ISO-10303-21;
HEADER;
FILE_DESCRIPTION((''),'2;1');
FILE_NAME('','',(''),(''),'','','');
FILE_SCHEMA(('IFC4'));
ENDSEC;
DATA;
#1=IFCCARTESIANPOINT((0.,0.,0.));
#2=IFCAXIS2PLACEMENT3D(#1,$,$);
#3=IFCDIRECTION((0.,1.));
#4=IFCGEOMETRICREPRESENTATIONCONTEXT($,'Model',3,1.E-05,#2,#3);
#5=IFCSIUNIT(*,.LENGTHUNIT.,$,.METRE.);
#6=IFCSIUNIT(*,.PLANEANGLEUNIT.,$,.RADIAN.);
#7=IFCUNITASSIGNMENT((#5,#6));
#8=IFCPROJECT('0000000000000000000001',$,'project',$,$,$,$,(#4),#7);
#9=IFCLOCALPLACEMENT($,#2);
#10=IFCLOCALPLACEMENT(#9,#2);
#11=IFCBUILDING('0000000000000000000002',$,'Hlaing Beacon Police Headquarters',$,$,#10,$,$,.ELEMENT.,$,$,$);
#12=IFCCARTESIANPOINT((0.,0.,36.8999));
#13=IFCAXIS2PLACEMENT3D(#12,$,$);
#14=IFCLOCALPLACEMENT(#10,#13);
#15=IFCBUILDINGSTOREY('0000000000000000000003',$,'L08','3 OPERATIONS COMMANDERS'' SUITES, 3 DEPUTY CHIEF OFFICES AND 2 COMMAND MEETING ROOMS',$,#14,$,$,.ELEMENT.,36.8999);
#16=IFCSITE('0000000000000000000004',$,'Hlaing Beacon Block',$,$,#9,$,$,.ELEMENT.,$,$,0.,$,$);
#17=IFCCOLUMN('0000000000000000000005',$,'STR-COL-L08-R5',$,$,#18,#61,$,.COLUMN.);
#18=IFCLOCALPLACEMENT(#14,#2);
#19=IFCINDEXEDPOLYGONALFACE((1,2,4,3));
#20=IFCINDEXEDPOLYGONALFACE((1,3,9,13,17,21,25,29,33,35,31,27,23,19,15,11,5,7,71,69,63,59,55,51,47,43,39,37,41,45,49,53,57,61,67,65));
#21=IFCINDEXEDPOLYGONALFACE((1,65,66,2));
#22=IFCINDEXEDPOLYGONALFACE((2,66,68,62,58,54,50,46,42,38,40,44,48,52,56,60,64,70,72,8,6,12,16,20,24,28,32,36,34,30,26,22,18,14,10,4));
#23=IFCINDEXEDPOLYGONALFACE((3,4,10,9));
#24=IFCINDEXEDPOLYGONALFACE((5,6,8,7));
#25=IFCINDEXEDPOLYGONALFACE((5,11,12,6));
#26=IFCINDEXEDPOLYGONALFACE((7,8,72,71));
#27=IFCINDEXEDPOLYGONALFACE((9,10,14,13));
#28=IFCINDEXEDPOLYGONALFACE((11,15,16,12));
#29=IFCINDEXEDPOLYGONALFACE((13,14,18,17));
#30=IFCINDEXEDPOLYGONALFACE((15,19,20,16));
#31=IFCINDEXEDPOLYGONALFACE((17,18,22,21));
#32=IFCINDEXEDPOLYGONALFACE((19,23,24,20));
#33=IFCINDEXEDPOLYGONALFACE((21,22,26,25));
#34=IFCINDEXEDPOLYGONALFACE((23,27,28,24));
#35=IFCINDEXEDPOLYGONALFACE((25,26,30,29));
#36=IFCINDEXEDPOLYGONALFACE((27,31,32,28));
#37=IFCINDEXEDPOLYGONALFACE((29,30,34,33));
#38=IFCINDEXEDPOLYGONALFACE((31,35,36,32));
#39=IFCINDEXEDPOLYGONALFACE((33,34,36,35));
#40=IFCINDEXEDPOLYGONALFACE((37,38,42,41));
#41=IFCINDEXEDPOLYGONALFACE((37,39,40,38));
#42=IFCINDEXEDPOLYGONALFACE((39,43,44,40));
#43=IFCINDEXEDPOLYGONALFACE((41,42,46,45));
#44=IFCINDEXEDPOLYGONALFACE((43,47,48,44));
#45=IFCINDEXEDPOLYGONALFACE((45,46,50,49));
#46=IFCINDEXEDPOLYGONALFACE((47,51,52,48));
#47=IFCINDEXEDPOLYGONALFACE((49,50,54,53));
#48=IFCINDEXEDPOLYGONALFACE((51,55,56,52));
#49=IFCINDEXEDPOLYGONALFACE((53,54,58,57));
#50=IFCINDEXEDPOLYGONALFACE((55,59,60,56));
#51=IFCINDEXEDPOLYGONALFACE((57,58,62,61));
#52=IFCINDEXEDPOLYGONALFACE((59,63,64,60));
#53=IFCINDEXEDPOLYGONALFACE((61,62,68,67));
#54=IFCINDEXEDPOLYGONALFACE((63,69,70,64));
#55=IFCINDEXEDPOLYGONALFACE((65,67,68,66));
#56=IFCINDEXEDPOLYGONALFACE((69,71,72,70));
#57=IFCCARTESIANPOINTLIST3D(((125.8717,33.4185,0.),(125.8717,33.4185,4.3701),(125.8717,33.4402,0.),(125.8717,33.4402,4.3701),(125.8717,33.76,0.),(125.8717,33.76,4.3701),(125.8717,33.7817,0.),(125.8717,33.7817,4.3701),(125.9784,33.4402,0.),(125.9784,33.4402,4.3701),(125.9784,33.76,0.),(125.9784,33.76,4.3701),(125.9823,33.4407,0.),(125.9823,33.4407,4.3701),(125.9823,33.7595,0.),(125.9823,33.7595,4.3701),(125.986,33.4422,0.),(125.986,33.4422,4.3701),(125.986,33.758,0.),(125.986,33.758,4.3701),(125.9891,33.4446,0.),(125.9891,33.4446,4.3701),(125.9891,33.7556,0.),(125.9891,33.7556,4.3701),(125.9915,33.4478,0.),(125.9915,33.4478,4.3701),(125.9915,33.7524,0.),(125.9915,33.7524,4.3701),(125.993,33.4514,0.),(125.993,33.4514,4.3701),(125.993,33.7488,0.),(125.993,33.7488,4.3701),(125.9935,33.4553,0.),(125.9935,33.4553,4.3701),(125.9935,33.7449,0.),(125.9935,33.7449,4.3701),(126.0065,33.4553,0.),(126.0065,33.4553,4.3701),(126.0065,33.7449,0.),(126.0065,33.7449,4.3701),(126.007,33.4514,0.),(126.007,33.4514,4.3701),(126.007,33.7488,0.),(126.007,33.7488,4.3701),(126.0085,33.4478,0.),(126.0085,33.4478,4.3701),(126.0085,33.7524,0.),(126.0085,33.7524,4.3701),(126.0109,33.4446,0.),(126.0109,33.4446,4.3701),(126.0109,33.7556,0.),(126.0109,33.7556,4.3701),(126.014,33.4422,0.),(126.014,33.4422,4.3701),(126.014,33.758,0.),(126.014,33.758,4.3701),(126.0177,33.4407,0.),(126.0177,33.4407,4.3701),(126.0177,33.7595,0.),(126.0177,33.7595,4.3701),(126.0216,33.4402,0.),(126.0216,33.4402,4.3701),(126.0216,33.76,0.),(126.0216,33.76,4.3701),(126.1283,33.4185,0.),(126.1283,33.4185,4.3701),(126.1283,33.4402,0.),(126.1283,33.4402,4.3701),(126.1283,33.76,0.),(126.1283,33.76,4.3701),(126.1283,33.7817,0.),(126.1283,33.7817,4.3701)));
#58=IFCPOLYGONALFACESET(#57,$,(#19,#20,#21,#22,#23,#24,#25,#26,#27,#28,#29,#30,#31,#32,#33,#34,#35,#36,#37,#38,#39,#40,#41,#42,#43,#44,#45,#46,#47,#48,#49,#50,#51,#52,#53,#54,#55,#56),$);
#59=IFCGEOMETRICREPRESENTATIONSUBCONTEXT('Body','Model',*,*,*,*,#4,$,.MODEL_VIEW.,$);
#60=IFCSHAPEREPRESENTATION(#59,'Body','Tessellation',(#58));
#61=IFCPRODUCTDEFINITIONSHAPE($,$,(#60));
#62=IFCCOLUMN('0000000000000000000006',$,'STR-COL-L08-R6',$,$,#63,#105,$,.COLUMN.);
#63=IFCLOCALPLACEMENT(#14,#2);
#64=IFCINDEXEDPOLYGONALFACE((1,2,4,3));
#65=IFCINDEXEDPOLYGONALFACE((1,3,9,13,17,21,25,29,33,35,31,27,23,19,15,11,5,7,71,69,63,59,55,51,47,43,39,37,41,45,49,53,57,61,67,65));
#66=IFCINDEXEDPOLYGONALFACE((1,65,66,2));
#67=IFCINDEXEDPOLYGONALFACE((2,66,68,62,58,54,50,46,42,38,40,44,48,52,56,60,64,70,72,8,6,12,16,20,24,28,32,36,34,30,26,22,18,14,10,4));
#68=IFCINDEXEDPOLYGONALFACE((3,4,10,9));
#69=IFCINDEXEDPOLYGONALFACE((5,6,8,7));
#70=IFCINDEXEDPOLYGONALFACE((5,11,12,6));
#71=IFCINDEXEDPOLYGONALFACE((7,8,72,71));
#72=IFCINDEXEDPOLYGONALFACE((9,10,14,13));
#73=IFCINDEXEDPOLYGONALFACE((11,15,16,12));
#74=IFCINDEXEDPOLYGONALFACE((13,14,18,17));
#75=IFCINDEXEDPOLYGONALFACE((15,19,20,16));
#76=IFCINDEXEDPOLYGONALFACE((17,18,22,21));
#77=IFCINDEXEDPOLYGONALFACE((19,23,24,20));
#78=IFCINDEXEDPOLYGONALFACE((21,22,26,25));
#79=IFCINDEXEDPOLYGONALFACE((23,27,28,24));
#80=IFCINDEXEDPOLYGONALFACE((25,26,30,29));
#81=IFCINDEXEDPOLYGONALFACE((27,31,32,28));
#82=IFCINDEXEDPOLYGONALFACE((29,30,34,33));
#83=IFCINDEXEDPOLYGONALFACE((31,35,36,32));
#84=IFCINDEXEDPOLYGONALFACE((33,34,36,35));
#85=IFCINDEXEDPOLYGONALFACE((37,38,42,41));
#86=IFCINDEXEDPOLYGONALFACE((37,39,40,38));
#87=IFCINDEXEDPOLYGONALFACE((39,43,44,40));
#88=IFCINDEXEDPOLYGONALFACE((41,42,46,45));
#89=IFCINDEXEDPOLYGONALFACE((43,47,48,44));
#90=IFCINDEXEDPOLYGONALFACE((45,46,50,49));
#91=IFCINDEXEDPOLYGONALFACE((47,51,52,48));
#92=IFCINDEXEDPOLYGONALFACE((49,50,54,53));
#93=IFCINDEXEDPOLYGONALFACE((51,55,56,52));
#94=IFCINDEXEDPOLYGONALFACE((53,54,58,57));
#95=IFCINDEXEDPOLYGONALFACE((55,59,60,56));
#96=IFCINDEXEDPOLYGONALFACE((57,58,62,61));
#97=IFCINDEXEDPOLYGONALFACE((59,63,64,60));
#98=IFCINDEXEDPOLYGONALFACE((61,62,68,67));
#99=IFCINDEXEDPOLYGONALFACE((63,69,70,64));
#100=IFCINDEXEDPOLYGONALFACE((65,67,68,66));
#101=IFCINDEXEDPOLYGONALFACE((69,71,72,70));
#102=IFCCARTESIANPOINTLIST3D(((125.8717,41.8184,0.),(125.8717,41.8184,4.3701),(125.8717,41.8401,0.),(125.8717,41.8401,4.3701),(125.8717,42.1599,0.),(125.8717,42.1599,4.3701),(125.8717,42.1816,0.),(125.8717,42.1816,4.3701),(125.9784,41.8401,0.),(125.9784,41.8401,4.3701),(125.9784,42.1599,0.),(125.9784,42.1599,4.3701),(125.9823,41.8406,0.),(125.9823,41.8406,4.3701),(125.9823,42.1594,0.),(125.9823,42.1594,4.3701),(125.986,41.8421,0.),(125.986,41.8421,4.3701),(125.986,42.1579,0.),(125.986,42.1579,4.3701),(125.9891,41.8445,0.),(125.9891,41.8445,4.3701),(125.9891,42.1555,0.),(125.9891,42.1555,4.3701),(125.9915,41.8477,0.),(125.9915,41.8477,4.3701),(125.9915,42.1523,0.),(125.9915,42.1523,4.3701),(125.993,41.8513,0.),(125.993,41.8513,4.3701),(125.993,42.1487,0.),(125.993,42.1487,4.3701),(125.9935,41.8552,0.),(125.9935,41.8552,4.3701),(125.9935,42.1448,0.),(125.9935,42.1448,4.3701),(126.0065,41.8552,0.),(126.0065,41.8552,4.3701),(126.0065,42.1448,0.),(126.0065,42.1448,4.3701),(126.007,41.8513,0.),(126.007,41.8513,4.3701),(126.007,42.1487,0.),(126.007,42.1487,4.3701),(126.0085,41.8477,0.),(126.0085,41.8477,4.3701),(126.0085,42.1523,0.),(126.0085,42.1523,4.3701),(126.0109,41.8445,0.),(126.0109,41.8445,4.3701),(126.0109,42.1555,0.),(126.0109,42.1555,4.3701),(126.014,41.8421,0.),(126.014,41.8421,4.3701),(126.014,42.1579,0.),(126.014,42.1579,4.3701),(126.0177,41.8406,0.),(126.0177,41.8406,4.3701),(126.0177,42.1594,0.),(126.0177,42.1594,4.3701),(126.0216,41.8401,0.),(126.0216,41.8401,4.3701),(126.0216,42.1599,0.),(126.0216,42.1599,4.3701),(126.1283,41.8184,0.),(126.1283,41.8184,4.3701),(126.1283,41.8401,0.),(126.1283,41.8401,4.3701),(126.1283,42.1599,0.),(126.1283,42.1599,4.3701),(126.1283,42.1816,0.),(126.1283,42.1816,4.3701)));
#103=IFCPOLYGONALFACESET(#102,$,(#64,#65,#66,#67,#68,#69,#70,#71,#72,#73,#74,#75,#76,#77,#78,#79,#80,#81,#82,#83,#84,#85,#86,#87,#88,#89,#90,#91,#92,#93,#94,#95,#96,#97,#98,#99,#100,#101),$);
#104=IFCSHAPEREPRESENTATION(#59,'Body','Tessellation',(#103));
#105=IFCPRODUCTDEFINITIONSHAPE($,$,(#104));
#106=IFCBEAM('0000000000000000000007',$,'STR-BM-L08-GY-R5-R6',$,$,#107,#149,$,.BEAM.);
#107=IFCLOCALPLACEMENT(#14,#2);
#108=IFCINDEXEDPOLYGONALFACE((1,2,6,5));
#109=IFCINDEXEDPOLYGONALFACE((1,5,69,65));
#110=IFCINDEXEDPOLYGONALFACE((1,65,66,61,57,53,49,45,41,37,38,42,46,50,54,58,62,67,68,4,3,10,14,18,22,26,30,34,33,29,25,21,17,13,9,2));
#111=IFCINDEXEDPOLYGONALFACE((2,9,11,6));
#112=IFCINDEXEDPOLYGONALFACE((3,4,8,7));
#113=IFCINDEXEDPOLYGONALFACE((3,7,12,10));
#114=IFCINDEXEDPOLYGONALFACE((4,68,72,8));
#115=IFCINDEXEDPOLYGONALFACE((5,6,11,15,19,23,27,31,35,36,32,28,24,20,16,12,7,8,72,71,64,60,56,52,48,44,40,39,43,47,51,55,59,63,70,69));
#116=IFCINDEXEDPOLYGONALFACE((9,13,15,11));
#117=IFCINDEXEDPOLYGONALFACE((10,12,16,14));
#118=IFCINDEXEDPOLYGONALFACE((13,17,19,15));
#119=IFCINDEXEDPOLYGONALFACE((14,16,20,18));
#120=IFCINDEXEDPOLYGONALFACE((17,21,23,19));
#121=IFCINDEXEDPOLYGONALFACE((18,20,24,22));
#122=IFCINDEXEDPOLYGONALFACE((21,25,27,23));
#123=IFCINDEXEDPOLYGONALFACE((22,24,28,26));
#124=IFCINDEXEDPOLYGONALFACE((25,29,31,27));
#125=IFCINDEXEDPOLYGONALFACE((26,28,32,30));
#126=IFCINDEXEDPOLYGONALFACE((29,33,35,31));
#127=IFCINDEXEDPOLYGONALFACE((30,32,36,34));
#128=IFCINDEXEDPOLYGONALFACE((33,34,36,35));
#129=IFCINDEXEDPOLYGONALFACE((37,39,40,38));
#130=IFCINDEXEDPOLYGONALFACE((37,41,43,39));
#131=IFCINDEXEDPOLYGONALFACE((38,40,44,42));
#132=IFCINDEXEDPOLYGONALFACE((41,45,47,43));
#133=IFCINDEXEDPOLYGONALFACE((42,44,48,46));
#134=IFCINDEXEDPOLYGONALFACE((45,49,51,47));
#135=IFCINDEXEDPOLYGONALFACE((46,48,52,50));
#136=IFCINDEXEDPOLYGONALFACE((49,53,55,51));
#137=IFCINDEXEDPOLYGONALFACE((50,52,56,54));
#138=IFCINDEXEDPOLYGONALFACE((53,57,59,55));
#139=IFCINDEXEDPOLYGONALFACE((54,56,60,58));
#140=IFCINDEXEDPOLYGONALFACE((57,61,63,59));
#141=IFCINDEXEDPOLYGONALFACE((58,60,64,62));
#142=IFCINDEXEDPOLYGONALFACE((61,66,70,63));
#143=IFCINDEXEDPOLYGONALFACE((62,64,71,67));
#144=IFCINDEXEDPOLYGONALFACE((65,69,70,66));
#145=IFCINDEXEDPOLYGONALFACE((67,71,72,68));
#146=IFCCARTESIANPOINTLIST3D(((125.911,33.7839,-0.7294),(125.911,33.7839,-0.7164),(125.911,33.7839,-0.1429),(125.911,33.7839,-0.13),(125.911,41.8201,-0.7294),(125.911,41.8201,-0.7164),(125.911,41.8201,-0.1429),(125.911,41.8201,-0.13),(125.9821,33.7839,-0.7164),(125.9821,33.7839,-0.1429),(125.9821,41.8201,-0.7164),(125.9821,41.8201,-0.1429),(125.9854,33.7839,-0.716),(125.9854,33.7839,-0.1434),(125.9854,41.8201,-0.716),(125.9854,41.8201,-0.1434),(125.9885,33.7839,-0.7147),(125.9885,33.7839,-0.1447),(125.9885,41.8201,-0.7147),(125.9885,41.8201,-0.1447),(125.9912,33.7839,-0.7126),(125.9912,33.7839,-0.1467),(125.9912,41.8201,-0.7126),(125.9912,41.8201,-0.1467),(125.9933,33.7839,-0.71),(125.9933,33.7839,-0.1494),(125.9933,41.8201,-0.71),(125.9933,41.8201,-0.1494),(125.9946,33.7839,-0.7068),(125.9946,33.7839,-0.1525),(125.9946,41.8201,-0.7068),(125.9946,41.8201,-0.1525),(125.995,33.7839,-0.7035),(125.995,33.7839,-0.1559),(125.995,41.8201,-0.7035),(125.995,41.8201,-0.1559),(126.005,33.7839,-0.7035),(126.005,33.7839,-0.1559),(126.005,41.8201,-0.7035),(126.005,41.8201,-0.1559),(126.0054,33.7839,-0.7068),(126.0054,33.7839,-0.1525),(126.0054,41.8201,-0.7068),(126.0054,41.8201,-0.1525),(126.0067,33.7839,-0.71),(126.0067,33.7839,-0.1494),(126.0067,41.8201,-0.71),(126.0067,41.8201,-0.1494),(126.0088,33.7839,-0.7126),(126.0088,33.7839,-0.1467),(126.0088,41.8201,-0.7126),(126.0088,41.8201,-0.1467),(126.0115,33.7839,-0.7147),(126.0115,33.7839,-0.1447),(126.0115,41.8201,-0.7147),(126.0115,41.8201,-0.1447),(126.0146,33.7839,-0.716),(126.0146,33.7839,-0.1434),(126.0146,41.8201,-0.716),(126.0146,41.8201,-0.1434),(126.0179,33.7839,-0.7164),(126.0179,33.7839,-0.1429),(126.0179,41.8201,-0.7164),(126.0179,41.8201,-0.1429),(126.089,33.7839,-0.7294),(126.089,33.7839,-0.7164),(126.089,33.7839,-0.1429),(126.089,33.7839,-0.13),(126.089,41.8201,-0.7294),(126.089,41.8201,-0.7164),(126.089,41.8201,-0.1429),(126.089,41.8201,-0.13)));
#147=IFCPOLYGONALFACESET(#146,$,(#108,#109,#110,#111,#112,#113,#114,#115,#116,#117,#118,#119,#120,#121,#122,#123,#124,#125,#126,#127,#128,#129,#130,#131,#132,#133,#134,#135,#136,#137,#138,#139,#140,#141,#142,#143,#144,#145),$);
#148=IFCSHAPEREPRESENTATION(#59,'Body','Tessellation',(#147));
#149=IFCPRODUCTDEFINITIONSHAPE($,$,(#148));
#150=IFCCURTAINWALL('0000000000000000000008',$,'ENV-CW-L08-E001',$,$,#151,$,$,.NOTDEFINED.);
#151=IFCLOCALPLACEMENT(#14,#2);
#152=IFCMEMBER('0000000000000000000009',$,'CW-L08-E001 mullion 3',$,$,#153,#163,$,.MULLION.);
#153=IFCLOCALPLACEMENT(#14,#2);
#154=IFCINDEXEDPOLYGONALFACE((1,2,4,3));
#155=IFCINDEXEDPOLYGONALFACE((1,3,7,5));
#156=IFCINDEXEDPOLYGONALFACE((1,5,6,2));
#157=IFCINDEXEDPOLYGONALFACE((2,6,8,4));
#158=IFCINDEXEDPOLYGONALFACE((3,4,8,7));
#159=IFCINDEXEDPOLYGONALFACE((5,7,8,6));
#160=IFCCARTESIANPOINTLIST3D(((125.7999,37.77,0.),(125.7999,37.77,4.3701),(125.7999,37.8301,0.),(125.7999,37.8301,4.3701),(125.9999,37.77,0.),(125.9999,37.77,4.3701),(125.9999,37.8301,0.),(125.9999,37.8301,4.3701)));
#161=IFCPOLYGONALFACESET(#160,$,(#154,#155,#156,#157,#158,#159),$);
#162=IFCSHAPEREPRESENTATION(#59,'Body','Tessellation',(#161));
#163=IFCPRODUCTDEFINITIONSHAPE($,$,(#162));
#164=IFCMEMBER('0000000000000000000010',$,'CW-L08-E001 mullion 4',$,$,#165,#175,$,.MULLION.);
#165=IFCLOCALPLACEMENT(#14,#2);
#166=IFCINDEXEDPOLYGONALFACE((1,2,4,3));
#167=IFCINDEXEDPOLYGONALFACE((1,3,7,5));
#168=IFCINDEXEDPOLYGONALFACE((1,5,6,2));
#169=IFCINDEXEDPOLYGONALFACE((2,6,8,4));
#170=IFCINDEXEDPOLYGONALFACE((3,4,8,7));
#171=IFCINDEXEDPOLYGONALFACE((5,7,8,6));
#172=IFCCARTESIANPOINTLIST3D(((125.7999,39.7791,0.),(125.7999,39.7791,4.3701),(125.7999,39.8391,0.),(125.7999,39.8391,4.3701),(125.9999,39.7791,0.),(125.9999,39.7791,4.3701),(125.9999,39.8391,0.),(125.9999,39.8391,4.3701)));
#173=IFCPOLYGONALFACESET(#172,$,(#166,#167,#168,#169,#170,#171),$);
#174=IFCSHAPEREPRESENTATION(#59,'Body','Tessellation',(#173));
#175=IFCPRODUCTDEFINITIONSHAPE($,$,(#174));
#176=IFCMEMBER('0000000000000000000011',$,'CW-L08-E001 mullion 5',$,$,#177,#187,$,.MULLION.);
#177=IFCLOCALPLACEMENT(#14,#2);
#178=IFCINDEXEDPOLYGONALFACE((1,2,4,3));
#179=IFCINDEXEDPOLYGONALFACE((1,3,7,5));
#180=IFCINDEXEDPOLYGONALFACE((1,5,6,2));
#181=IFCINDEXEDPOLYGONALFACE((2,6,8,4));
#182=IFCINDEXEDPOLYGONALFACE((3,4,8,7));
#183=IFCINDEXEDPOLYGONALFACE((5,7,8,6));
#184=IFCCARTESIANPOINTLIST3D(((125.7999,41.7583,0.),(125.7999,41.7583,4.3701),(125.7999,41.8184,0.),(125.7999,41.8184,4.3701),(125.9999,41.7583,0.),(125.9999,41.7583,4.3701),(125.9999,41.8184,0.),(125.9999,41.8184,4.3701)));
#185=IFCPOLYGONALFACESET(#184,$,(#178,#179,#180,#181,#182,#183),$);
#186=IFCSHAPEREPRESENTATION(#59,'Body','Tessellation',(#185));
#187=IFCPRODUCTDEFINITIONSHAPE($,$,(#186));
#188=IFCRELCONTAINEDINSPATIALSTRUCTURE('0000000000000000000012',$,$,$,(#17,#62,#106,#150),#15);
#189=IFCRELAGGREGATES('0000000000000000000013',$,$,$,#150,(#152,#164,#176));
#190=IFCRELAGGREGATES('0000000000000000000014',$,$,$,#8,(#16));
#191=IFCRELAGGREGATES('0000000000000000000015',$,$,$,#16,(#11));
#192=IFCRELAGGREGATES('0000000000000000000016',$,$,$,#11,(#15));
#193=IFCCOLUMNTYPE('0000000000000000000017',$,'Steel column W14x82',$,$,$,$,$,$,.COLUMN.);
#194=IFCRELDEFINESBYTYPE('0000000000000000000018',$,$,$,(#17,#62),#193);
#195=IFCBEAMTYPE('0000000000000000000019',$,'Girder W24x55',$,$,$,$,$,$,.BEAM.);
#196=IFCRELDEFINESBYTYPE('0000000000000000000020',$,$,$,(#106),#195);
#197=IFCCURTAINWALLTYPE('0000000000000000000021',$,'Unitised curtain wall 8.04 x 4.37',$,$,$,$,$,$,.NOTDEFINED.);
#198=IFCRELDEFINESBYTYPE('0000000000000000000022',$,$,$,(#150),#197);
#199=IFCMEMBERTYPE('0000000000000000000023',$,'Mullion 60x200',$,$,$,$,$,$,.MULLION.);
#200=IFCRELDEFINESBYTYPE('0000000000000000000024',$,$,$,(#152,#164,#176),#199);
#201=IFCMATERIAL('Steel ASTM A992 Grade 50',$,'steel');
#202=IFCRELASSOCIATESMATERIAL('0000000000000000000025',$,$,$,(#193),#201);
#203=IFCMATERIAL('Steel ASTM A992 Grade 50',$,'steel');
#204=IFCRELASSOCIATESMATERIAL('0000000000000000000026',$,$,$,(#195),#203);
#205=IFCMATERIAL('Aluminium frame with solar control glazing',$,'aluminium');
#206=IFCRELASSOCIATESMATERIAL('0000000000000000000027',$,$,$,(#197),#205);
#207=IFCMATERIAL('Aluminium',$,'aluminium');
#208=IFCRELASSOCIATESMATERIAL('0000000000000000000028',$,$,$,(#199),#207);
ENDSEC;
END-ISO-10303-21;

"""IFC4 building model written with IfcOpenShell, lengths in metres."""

from ifc_helpers import new_model, si_unit, direction, frame, origin, origin_2d, place, context, subcontext, project, spatial, rectangle, i_section, extrude, material, material_profile, profile_set, type_object, element, aggregate, save


model = new_model("IFC4")

# Units and contexts
model_context = context("Model", 3, precision=1e-05, world=origin(), true_north=direction((0.0, 1.0)))
body_context = subcontext(model_context, "Body", "Model", "MODEL_VIEW")
ifc_project = project(units=[si_unit("LENGTHUNIT", "METRE"), si_unit("PLANEANGLEUNIT", "RADIAN")], contexts=[model_context])

# Site, building, storey
site_placement = place(None, origin())
site = spatial("IfcSite", under=ifc_project, at=site_placement, Name="Hlaing Beacon Block", CompositionType="ELEMENT", RefElevation=0.0)
building_placement = place(site_placement, origin())
building = spatial("IfcBuilding", under=site, at=building_placement, Name="Hlaing Beacon Police Headquarters", CompositionType="ELEMENT")
storey_placement = place(building_placement, frame((0.0, 0.0, 36.8999)))
storey = spatial("IfcBuildingStorey", under=building, at=storey_placement, Name="L08", Description="3 OPERATIONS COMMANDERS' SUITES, 3 DEPUTY CHIEF OFFICES AND 2 COMMAND MEETING ROOMS", CompositionType="ELEMENT", Elevation=36.8999)

# Columns
ifc_material_1 = material(Name="Steel ASTM A992 Grade 50", Category="steel")
ifc_material_profile_1 = material_profile(ifc_material_1, i_section(OverallWidth=0.2566, OverallDepth=0.3633, WebThickness=0.0129, FlangeThickness=0.0217, FilletRadius=0.0151, at=origin_2d()), Name="W14x82")
ifc_profile_set_1 = profile_set([ifc_material_profile_1], Name="Steel ASTM A992 Grade 50")
column_type = type_object("IfcColumnType", Name="Steel column W14x82", PredefinedType="COLUMN", material=ifc_profile_set_1)
for number, where, z_axis, x_axis, name in (
    (1, (126.0, 33.6001, 0.0), (0.0, 0.0, 1.0), (1.0, 0.0, 0.0), "STR-COL-L08-R5"),
    (2, (126.0, 42.0, 0.0), (0.0, 0.0, 1.0), (1.0, 0.0, 0.0), "STR-COL-L08-R6"),
):
    element("IfcColumn", number, at=place(storey_placement, frame(where, z_axis=z_axis, x_axis=x_axis)), inside=storey, type_object=column_type, Name=name, PredefinedType="COLUMN", context=body_context, shape_type="SweptSolid", body=[
        extrude(i_section(OverallWidth=0.2566, OverallDepth=0.3633, WebThickness=0.0129, FlangeThickness=0.0217, FilletRadius=0.0151, at=origin_2d()), origin(), (0.0, 0.0, 1.0), 4.3701),
    ])

# Beam
ifc_material_2 = material(Name="Steel ASTM A992 Grade 50", Category="steel")
ifc_material_profile_2 = material_profile(ifc_material_2, i_section(OverallWidth=0.178, OverallDepth=0.5994, WebThickness=0.01, FlangeThickness=0.0129, FilletRadius=0.0129, at=origin_2d()), Name="W24x55")
ifc_profile_set_2 = profile_set([ifc_material_profile_2], Name="Steel ASTM A992 Grade 50")
beam_type = type_object("IfcBeamType", Name="Girder W24x55", PredefinedType="BEAM", material=ifc_profile_set_2)
beam_placement = place(storey_placement, frame((126.0, 33.7839, -0.4297), z_axis=(0.0, 1.0, 0.0), x_axis=(-1.0, 0.0, 0.0)))
element("IfcBeam", 3, at=beam_placement, inside=storey, type_object=beam_type, Name="STR-BM-L08-GY-R5-R6", PredefinedType="BEAM", context=body_context, shape_type="SweptSolid", body=[
    extrude(i_section(OverallWidth=0.178, OverallDepth=0.5994, WebThickness=0.01, FlangeThickness=0.0129, FilletRadius=0.0129, at=origin_2d()), origin(), (0.0, 0.0, 1.0), 8.0361),
])

# Curtain wall, members
ifc_material_3 = material(Name="Aluminium frame with solar control glazing", Category="aluminium")
curtain_wall_type = type_object("IfcCurtainWallType", Name="Unitised curtain wall 8.04 x 4.37", PredefinedType="NOTDEFINED", material=ifc_material_3)
curtain_wall_placement = place(storey_placement, origin())
curtain_wall = element("IfcCurtainWall", 4, at=curtain_wall_placement, inside=storey, type_object=curtain_wall_type, Name="ENV-CW-L08-E001", PredefinedType="NOTDEFINED")
ifc_material_4 = material(Name="Aluminium", Category="aluminium")
ifc_material_profile_3 = material_profile(ifc_material_4, rectangle(XDim=0.2, YDim=0.0601, at=origin_2d()), Name="Mullion 60x200")
ifc_profile_set_3 = profile_set([ifc_material_profile_3], Name="Aluminium")
member_type_1 = type_object("IfcMemberType", Name="Mullion 60x200", PredefinedType="MULLION", material=ifc_profile_set_3)
member_1_placement = place(storey_placement, frame((125.8999, 37.8, 0.0), z_axis=(0.0, 0.0, 1.0), x_axis=(-1.0, 0.0, 0.0)))
member_1 = element("IfcMember", 5, at=member_1_placement, type_object=member_type_1, Name="CW-L08-E001 mullion 3", PredefinedType="MULLION", context=body_context, shape_type="SweptSolid", body=[
    extrude(rectangle(XDim=0.2, YDim=0.0601, at=origin_2d()), origin(), (0.0, 0.0, 1.0), 4.3701),
])
member_2_placement = place(storey_placement, frame((125.8999, 39.8091, 0.0), z_axis=(0.0, 0.0, 1.0), x_axis=(-1.0, 0.0, 0.0)))
member_2 = element("IfcMember", 6, at=member_2_placement, type_object=member_type_1, Name="CW-L08-E001 mullion 4", PredefinedType="MULLION", context=body_context, shape_type="SweptSolid", body=[
    extrude(rectangle(XDim=0.2, YDim=0.0601, at=origin_2d()), origin(), (0.0, 0.0, 1.0), 4.3701),
])
member_3_placement = place(storey_placement, frame((125.8999, 41.7883, 0.0), z_axis=(0.0, 0.0, 1.0), x_axis=(-1.0, 0.0, 0.0)))
member_3 = element("IfcMember", 7, at=member_3_placement, type_object=member_type_1, Name="CW-L08-E001 mullion 5", PredefinedType="MULLION", context=body_context, shape_type="SweptSolid", body=[
    extrude(rectangle(XDim=0.2, YDim=0.0601, at=origin_2d()), origin(), (0.0, 0.0, 1.0), 4.3701),
])
aggregate(curtain_wall, [member_1, member_2, member_3])

save(model, "model.ifc")
